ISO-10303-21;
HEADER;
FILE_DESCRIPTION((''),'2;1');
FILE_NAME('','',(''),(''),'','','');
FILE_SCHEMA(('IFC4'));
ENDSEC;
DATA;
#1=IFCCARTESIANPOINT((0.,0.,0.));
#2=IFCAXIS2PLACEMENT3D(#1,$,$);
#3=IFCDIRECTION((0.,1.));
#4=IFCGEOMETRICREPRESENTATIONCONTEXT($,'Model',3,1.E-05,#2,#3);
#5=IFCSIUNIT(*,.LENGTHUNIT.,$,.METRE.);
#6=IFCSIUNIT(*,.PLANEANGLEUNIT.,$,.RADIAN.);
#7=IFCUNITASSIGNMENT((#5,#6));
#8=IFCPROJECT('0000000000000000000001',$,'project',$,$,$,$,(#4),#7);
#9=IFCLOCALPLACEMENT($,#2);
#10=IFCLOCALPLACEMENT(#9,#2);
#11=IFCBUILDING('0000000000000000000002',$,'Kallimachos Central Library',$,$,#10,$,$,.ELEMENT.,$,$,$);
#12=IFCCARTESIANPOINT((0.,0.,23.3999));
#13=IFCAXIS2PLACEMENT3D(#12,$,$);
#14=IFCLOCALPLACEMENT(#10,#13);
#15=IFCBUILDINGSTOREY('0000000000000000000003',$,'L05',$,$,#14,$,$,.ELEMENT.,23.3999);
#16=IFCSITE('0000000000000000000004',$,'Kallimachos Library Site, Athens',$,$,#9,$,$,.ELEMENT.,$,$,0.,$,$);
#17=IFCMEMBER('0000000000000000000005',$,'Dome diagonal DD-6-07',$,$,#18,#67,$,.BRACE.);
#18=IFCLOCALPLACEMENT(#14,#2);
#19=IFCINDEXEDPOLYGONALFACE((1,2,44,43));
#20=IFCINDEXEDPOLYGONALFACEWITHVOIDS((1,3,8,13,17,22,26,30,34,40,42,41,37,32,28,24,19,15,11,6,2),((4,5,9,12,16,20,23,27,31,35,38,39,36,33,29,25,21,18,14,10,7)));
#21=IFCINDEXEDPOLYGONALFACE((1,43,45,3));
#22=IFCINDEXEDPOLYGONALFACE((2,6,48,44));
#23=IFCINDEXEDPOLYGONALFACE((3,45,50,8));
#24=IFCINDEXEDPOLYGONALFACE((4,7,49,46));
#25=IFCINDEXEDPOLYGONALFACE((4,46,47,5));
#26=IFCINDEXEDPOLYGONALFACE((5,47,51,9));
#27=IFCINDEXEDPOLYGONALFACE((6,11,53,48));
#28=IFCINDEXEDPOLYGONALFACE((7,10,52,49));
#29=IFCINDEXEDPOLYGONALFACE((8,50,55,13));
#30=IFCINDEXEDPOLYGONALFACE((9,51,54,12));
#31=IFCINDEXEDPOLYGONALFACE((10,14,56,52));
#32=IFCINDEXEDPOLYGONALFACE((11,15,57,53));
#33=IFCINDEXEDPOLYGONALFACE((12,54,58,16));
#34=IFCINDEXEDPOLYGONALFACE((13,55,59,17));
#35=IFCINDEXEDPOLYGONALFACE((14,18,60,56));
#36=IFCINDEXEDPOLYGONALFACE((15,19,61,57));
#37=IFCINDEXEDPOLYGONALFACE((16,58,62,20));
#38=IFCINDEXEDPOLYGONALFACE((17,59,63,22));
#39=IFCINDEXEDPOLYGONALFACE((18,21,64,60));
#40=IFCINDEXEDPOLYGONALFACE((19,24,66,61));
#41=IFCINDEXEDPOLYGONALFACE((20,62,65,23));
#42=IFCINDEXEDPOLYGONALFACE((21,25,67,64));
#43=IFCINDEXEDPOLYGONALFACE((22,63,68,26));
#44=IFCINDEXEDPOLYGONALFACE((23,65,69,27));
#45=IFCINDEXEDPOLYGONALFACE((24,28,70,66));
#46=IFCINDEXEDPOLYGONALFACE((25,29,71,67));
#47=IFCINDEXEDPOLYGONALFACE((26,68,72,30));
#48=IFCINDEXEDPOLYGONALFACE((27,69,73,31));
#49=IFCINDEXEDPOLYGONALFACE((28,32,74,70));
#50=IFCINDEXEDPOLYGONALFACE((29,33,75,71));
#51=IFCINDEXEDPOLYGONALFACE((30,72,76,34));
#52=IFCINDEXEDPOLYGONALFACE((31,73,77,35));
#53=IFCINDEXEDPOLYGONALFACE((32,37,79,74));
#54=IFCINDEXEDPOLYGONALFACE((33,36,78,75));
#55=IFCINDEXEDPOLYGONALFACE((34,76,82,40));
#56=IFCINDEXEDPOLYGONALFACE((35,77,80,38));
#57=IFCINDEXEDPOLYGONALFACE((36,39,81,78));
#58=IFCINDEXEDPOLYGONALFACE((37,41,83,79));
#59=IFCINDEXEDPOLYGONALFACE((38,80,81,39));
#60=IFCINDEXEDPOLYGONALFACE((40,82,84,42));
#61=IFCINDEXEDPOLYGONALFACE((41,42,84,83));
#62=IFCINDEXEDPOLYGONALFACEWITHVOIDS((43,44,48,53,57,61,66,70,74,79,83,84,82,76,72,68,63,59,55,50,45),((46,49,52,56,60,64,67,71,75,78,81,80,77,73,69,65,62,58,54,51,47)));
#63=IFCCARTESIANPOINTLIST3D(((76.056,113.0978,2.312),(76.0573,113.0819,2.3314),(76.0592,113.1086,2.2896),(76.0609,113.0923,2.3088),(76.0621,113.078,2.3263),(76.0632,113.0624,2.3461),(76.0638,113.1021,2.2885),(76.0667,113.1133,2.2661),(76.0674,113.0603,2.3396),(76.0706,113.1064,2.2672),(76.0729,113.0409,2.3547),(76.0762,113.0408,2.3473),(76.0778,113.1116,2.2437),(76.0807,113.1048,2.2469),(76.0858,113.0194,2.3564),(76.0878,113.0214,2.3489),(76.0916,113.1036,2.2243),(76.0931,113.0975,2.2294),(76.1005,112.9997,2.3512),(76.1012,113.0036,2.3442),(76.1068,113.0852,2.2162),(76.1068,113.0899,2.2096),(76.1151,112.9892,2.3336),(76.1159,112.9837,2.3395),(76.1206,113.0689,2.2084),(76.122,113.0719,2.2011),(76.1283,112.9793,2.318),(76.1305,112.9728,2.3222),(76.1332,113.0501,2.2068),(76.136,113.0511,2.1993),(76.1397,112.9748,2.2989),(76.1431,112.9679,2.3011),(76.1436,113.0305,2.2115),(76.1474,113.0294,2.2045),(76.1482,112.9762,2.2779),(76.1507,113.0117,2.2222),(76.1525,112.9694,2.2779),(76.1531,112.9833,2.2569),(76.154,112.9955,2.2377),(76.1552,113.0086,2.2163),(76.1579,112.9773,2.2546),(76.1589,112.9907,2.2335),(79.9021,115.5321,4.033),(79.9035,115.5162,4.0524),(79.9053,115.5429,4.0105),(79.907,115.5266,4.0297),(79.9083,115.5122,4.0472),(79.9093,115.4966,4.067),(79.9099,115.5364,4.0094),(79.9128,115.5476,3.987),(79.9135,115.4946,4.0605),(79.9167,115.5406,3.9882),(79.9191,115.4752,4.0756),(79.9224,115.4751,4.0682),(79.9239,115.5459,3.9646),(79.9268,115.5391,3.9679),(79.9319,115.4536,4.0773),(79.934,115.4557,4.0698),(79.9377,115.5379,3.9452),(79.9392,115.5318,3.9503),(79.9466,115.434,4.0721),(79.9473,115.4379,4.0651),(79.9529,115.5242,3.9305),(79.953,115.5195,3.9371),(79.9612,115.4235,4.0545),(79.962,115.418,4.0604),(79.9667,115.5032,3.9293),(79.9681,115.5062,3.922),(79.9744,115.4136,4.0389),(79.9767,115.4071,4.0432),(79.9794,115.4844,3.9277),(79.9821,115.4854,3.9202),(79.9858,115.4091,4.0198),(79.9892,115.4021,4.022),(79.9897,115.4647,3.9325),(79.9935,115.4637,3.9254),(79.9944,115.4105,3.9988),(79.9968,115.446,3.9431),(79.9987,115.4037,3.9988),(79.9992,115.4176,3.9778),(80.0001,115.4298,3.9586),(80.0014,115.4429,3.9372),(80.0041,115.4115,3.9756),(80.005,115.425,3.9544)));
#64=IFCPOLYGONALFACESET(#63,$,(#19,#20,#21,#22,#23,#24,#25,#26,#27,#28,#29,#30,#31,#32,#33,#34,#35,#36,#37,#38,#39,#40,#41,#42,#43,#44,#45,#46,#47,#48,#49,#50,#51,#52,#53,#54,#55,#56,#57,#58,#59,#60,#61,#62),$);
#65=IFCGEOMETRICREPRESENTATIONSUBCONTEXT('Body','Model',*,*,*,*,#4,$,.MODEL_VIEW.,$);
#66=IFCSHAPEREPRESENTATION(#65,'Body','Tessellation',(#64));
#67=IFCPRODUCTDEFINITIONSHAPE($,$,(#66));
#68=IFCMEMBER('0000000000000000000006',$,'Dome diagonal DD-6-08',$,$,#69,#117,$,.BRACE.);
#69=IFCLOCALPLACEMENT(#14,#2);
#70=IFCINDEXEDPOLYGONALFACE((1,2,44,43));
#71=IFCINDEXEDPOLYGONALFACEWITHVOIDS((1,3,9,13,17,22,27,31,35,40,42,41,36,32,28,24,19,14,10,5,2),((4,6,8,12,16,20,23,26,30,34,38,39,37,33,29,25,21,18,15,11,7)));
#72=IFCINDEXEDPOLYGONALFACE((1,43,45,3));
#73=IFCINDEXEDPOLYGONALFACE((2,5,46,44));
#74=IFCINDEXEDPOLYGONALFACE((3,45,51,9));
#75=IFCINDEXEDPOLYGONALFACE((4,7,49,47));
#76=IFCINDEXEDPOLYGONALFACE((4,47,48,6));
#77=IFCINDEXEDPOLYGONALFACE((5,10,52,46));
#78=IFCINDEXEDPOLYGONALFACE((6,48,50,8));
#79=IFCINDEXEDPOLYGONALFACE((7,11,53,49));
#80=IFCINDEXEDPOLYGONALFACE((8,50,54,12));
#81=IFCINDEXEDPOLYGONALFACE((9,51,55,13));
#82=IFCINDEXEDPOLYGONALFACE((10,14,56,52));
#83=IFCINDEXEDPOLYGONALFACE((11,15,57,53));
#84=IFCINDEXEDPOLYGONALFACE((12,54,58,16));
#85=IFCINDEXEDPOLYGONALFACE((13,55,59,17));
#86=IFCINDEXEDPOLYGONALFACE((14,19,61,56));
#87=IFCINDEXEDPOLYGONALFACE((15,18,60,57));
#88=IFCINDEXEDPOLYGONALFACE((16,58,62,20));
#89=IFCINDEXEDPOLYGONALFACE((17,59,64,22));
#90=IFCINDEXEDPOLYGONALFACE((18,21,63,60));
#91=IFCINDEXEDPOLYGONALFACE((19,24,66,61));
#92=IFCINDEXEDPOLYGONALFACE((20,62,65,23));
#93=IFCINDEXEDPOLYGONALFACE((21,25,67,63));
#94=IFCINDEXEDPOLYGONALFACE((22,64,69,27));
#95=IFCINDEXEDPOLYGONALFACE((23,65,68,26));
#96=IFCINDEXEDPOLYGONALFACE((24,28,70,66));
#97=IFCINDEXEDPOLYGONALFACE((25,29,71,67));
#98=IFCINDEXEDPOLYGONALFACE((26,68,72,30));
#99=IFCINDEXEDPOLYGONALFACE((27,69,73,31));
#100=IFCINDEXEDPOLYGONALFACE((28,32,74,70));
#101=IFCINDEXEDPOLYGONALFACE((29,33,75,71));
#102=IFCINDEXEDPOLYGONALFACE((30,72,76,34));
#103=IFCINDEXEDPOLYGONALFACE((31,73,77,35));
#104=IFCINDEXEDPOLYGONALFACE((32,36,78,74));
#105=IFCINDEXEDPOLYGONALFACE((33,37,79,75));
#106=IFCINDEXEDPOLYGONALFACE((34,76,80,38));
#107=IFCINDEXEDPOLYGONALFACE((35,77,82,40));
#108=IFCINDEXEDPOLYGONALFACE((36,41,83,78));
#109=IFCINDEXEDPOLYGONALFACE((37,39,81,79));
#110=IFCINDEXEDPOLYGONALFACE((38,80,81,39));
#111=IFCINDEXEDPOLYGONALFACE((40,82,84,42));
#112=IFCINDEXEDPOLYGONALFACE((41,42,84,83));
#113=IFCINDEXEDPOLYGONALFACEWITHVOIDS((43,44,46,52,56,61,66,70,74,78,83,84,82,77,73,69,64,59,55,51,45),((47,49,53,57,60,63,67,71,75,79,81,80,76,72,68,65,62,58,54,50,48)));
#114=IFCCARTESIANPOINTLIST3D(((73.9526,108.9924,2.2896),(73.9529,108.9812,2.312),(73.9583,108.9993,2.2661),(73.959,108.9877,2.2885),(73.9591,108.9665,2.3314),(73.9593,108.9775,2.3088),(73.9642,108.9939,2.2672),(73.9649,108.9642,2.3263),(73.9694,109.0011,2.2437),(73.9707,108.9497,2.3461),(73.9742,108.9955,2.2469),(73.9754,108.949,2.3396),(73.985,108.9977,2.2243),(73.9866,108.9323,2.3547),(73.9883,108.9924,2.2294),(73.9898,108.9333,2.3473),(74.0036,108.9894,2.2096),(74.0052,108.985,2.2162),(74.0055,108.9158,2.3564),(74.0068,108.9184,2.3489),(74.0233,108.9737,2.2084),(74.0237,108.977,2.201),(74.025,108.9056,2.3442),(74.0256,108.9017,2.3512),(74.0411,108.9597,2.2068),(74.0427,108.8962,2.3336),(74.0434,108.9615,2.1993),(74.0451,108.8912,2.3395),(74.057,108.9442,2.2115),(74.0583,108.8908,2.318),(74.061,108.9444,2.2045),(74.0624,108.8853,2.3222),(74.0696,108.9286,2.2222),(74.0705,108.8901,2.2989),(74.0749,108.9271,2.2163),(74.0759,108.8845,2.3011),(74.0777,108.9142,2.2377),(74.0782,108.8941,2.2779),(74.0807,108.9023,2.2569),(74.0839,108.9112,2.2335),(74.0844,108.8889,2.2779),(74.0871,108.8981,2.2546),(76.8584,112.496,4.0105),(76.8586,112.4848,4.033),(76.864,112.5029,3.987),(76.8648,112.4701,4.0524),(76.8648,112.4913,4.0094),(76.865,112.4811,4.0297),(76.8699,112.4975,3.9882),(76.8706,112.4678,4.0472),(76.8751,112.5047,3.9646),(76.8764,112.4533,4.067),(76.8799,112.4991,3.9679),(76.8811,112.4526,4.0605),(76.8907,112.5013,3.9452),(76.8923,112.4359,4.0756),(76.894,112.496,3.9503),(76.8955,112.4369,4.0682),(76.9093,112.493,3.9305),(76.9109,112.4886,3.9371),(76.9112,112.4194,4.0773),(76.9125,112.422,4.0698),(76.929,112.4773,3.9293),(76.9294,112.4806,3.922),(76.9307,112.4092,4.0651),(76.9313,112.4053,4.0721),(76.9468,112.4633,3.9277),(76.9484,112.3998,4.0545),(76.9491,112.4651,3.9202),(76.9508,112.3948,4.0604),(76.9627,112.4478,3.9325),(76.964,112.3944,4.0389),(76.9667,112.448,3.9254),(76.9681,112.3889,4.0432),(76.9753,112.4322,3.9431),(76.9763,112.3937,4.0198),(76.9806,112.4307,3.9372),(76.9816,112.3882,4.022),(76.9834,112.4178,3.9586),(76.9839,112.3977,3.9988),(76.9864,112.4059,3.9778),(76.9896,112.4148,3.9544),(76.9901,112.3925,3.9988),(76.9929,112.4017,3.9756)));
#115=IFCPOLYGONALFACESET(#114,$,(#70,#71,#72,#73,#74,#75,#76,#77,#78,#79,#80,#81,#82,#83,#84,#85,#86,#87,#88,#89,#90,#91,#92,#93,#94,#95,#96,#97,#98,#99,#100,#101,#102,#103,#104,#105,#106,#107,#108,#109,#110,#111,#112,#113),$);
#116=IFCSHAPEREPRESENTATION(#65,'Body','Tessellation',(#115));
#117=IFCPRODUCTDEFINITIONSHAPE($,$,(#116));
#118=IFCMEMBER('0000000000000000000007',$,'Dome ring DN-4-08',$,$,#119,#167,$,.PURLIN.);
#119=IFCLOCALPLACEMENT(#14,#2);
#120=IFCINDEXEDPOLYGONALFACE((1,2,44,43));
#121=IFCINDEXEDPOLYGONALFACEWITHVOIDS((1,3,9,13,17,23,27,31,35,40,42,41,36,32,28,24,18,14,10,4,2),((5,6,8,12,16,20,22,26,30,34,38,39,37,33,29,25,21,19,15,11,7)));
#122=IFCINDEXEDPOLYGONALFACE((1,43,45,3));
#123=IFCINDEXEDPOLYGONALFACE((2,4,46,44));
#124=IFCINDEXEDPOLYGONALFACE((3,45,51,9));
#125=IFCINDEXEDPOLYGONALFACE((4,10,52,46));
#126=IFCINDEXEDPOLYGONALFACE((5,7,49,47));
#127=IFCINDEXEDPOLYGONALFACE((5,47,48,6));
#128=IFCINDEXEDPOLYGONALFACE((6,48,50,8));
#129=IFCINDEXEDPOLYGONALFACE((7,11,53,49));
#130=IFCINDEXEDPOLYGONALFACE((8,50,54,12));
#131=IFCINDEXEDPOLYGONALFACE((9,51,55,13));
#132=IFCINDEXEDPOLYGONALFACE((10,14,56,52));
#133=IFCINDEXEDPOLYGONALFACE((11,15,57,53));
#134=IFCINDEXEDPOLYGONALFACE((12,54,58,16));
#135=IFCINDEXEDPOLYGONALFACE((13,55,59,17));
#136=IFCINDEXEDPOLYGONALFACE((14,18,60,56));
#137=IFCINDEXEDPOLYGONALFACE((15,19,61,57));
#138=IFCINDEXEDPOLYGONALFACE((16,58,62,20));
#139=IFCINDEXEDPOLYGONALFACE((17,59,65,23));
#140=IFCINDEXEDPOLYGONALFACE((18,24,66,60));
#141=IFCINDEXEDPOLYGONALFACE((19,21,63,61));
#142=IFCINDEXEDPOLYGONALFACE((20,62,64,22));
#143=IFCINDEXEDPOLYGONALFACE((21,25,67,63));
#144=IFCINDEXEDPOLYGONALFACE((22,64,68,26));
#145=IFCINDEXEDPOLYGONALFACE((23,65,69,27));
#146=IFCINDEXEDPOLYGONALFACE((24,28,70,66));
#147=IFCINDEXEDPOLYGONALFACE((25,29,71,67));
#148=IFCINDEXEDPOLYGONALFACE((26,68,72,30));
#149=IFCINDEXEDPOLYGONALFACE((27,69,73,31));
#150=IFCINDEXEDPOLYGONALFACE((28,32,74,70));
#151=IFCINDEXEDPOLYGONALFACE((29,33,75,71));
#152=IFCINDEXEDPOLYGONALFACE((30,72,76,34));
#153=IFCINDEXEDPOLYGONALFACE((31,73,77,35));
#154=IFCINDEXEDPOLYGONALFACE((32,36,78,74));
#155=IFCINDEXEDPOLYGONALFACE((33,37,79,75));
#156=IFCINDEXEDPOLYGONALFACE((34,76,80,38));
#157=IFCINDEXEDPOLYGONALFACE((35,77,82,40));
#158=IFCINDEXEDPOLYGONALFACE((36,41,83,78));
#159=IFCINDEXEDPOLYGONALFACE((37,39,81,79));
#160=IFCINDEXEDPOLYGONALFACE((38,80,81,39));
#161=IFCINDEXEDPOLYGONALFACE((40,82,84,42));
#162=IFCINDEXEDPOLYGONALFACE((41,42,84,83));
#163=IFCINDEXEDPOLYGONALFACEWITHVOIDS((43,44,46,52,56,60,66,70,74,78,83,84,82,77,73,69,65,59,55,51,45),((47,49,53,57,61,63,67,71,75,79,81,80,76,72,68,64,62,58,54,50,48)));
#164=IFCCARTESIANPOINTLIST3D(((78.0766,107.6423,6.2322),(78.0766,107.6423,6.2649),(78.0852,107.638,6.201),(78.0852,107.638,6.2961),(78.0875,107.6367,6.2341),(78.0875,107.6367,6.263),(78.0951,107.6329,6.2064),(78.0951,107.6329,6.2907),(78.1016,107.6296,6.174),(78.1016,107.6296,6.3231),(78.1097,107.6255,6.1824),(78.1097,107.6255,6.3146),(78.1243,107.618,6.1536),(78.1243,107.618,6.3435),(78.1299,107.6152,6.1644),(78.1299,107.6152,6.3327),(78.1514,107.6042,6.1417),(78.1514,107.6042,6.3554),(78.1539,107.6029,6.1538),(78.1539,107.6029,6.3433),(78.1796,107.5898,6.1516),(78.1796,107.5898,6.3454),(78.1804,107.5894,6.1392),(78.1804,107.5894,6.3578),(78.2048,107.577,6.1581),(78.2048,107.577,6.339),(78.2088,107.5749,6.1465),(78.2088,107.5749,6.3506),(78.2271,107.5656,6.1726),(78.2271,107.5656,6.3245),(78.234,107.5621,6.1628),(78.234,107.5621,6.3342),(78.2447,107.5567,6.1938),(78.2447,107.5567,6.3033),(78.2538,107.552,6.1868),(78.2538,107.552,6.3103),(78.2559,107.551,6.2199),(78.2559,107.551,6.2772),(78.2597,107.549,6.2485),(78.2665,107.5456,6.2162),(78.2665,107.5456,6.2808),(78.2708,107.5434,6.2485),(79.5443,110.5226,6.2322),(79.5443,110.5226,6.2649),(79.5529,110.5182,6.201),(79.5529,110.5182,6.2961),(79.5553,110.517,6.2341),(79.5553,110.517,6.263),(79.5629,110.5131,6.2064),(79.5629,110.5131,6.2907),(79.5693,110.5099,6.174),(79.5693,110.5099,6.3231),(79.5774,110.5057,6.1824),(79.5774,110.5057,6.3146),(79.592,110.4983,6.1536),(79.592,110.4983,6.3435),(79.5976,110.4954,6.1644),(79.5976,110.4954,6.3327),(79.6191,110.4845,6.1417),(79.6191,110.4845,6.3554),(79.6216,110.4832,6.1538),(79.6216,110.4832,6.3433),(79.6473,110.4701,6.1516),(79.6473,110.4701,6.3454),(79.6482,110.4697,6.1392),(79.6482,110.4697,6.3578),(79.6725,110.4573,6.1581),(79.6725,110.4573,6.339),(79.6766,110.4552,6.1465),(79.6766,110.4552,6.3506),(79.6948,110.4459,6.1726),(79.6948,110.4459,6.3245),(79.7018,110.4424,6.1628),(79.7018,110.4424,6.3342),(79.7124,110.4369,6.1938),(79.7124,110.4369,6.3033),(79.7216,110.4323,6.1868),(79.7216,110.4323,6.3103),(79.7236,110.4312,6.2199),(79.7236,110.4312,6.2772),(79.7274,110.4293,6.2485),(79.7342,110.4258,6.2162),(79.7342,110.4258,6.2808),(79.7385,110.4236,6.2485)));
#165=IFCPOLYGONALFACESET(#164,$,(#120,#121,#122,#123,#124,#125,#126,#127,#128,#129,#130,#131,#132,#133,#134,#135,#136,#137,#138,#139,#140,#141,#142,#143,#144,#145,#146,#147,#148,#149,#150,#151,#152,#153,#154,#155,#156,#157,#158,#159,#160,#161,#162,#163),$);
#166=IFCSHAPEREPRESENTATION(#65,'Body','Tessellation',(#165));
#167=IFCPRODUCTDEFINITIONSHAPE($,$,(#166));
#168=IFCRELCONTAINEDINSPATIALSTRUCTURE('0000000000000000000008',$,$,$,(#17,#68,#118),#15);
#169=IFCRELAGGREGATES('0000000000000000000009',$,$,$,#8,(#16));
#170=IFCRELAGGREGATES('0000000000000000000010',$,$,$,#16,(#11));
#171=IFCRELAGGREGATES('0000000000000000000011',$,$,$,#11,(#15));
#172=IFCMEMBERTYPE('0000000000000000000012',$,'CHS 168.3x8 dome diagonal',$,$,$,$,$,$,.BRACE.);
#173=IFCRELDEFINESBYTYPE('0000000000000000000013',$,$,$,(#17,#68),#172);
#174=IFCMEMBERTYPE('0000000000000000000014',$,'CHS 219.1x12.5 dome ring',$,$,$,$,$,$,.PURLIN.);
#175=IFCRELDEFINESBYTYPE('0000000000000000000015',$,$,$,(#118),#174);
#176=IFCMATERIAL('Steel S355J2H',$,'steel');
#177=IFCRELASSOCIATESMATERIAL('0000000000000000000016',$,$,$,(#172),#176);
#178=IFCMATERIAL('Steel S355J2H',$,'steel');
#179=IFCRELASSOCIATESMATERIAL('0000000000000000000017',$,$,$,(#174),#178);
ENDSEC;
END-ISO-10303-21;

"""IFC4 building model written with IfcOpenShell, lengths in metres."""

from ifc_helpers import new_model, si_unit, direction, frame, origin, origin_2d, place, context, subcontext, project, spatial, hollow_circle, extrude, material, material_profile, profile_set, type_object, element, save


model = new_model("IFC4")

# Units and contexts
model_context = context("Model", 3, precision=1e-05, world=origin(), true_north=direction((0.0, 1.0)))
body_context = subcontext(model_context, "Body", "Model", "MODEL_VIEW")
ifc_project = project(units=[si_unit("LENGTHUNIT", "METRE"), si_unit("PLANEANGLEUNIT", "RADIAN")], contexts=[model_context])

# Site, building, storey
site_placement = place(None, origin())
site = spatial("IfcSite", under=ifc_project, at=site_placement, Name="Kallimachos Library Site, Athens", CompositionType="ELEMENT", RefElevation=0.0)
building_placement = place(site_placement, origin())
building = spatial("IfcBuilding", under=site, at=building_placement, Name="Kallimachos Central Library", CompositionType="ELEMENT")
storey_placement = place(building_placement, frame((0.0, 0.0, 23.3999)))
storey = spatial("IfcBuildingStorey", under=building, at=storey_placement, Name="L05", CompositionType="ELEMENT", Elevation=23.3999)

# Members
ifc_material_1 = material(Name="Steel S355J2H", Category="steel")
ifc_material_profile_1 = material_profile(ifc_material_1, hollow_circle(Radius=0.0842, WallThickness=0.0081, at=origin_2d()), Name="CHS 168.3x8")
ifc_profile_set_1 = profile_set([ifc_material_profile_1], Name="Steel S355J2H")
member_type_1 = type_object("IfcMemberType", Name="CHS 168.3x8 dome diagonal", PredefinedType="BRACE", material=ifc_profile_set_1)
for number, where, z_axis, x_axis, name in (
    (1, (79.9536, 115.4749, 3.9988), (-0.790374, -0.500243, -0.353647), (0.534802, -0.844977, 0.0), "Dome diagonal DD-6-07"),
    (2, (76.9253, 112.4463, 3.9988), (-0.597121, -0.719987, -0.353647), (0.769727, -0.638373, 0.0), "Dome diagonal DD-6-08"),
):
    element("IfcMember", number, at=place(storey_placement, frame(where, z_axis=z_axis, x_axis=x_axis)), inside=storey, type_object=member_type_1, Name=name, PredefinedType="BRACE", context=body_context, shape_type="SweptSolid", body=[
        extrude(hollow_circle(Radius=0.0842, WallThickness=0.0081, at=origin_2d()), origin(), (0.0, 0.0, 1.0), 4.8662),
    ])
ifc_material_2 = material(Name="Steel S355J2H", Category="steel")
ifc_material_profile_2 = material_profile(ifc_material_2, hollow_circle(Radius=0.1096, WallThickness=0.0125, at=origin_2d()), Name="CHS 219.1x12.5")
ifc_profile_set_2 = profile_set([ifc_material_profile_2], Name="Steel S355J2H")
member_type_2 = type_object("IfcMemberType", Name="CHS 219.1x12.5 dome ring", PredefinedType="PURLIN", material=ifc_profile_set_2)
member_1_placement = place(storey_placement, frame((79.6409, 110.4734, 6.2485), z_axis=(-0.454028, -0.890988, 0.0), x_axis=(0.890988, -0.454028, 0.0)))
element("IfcMember", 3, at=member_1_placement, inside=storey, type_object=member_type_2, Name="Dome ring DN-4-08", PredefinedType="PURLIN", context=body_context, shape_type="SweptSolid", body=[
    extrude(hollow_circle(Radius=0.1096, WallThickness=0.0125, at=origin_2d()), origin(), (0.0, 0.0, 1.0), 3.2327),
])

save(model, "model.ifc")
